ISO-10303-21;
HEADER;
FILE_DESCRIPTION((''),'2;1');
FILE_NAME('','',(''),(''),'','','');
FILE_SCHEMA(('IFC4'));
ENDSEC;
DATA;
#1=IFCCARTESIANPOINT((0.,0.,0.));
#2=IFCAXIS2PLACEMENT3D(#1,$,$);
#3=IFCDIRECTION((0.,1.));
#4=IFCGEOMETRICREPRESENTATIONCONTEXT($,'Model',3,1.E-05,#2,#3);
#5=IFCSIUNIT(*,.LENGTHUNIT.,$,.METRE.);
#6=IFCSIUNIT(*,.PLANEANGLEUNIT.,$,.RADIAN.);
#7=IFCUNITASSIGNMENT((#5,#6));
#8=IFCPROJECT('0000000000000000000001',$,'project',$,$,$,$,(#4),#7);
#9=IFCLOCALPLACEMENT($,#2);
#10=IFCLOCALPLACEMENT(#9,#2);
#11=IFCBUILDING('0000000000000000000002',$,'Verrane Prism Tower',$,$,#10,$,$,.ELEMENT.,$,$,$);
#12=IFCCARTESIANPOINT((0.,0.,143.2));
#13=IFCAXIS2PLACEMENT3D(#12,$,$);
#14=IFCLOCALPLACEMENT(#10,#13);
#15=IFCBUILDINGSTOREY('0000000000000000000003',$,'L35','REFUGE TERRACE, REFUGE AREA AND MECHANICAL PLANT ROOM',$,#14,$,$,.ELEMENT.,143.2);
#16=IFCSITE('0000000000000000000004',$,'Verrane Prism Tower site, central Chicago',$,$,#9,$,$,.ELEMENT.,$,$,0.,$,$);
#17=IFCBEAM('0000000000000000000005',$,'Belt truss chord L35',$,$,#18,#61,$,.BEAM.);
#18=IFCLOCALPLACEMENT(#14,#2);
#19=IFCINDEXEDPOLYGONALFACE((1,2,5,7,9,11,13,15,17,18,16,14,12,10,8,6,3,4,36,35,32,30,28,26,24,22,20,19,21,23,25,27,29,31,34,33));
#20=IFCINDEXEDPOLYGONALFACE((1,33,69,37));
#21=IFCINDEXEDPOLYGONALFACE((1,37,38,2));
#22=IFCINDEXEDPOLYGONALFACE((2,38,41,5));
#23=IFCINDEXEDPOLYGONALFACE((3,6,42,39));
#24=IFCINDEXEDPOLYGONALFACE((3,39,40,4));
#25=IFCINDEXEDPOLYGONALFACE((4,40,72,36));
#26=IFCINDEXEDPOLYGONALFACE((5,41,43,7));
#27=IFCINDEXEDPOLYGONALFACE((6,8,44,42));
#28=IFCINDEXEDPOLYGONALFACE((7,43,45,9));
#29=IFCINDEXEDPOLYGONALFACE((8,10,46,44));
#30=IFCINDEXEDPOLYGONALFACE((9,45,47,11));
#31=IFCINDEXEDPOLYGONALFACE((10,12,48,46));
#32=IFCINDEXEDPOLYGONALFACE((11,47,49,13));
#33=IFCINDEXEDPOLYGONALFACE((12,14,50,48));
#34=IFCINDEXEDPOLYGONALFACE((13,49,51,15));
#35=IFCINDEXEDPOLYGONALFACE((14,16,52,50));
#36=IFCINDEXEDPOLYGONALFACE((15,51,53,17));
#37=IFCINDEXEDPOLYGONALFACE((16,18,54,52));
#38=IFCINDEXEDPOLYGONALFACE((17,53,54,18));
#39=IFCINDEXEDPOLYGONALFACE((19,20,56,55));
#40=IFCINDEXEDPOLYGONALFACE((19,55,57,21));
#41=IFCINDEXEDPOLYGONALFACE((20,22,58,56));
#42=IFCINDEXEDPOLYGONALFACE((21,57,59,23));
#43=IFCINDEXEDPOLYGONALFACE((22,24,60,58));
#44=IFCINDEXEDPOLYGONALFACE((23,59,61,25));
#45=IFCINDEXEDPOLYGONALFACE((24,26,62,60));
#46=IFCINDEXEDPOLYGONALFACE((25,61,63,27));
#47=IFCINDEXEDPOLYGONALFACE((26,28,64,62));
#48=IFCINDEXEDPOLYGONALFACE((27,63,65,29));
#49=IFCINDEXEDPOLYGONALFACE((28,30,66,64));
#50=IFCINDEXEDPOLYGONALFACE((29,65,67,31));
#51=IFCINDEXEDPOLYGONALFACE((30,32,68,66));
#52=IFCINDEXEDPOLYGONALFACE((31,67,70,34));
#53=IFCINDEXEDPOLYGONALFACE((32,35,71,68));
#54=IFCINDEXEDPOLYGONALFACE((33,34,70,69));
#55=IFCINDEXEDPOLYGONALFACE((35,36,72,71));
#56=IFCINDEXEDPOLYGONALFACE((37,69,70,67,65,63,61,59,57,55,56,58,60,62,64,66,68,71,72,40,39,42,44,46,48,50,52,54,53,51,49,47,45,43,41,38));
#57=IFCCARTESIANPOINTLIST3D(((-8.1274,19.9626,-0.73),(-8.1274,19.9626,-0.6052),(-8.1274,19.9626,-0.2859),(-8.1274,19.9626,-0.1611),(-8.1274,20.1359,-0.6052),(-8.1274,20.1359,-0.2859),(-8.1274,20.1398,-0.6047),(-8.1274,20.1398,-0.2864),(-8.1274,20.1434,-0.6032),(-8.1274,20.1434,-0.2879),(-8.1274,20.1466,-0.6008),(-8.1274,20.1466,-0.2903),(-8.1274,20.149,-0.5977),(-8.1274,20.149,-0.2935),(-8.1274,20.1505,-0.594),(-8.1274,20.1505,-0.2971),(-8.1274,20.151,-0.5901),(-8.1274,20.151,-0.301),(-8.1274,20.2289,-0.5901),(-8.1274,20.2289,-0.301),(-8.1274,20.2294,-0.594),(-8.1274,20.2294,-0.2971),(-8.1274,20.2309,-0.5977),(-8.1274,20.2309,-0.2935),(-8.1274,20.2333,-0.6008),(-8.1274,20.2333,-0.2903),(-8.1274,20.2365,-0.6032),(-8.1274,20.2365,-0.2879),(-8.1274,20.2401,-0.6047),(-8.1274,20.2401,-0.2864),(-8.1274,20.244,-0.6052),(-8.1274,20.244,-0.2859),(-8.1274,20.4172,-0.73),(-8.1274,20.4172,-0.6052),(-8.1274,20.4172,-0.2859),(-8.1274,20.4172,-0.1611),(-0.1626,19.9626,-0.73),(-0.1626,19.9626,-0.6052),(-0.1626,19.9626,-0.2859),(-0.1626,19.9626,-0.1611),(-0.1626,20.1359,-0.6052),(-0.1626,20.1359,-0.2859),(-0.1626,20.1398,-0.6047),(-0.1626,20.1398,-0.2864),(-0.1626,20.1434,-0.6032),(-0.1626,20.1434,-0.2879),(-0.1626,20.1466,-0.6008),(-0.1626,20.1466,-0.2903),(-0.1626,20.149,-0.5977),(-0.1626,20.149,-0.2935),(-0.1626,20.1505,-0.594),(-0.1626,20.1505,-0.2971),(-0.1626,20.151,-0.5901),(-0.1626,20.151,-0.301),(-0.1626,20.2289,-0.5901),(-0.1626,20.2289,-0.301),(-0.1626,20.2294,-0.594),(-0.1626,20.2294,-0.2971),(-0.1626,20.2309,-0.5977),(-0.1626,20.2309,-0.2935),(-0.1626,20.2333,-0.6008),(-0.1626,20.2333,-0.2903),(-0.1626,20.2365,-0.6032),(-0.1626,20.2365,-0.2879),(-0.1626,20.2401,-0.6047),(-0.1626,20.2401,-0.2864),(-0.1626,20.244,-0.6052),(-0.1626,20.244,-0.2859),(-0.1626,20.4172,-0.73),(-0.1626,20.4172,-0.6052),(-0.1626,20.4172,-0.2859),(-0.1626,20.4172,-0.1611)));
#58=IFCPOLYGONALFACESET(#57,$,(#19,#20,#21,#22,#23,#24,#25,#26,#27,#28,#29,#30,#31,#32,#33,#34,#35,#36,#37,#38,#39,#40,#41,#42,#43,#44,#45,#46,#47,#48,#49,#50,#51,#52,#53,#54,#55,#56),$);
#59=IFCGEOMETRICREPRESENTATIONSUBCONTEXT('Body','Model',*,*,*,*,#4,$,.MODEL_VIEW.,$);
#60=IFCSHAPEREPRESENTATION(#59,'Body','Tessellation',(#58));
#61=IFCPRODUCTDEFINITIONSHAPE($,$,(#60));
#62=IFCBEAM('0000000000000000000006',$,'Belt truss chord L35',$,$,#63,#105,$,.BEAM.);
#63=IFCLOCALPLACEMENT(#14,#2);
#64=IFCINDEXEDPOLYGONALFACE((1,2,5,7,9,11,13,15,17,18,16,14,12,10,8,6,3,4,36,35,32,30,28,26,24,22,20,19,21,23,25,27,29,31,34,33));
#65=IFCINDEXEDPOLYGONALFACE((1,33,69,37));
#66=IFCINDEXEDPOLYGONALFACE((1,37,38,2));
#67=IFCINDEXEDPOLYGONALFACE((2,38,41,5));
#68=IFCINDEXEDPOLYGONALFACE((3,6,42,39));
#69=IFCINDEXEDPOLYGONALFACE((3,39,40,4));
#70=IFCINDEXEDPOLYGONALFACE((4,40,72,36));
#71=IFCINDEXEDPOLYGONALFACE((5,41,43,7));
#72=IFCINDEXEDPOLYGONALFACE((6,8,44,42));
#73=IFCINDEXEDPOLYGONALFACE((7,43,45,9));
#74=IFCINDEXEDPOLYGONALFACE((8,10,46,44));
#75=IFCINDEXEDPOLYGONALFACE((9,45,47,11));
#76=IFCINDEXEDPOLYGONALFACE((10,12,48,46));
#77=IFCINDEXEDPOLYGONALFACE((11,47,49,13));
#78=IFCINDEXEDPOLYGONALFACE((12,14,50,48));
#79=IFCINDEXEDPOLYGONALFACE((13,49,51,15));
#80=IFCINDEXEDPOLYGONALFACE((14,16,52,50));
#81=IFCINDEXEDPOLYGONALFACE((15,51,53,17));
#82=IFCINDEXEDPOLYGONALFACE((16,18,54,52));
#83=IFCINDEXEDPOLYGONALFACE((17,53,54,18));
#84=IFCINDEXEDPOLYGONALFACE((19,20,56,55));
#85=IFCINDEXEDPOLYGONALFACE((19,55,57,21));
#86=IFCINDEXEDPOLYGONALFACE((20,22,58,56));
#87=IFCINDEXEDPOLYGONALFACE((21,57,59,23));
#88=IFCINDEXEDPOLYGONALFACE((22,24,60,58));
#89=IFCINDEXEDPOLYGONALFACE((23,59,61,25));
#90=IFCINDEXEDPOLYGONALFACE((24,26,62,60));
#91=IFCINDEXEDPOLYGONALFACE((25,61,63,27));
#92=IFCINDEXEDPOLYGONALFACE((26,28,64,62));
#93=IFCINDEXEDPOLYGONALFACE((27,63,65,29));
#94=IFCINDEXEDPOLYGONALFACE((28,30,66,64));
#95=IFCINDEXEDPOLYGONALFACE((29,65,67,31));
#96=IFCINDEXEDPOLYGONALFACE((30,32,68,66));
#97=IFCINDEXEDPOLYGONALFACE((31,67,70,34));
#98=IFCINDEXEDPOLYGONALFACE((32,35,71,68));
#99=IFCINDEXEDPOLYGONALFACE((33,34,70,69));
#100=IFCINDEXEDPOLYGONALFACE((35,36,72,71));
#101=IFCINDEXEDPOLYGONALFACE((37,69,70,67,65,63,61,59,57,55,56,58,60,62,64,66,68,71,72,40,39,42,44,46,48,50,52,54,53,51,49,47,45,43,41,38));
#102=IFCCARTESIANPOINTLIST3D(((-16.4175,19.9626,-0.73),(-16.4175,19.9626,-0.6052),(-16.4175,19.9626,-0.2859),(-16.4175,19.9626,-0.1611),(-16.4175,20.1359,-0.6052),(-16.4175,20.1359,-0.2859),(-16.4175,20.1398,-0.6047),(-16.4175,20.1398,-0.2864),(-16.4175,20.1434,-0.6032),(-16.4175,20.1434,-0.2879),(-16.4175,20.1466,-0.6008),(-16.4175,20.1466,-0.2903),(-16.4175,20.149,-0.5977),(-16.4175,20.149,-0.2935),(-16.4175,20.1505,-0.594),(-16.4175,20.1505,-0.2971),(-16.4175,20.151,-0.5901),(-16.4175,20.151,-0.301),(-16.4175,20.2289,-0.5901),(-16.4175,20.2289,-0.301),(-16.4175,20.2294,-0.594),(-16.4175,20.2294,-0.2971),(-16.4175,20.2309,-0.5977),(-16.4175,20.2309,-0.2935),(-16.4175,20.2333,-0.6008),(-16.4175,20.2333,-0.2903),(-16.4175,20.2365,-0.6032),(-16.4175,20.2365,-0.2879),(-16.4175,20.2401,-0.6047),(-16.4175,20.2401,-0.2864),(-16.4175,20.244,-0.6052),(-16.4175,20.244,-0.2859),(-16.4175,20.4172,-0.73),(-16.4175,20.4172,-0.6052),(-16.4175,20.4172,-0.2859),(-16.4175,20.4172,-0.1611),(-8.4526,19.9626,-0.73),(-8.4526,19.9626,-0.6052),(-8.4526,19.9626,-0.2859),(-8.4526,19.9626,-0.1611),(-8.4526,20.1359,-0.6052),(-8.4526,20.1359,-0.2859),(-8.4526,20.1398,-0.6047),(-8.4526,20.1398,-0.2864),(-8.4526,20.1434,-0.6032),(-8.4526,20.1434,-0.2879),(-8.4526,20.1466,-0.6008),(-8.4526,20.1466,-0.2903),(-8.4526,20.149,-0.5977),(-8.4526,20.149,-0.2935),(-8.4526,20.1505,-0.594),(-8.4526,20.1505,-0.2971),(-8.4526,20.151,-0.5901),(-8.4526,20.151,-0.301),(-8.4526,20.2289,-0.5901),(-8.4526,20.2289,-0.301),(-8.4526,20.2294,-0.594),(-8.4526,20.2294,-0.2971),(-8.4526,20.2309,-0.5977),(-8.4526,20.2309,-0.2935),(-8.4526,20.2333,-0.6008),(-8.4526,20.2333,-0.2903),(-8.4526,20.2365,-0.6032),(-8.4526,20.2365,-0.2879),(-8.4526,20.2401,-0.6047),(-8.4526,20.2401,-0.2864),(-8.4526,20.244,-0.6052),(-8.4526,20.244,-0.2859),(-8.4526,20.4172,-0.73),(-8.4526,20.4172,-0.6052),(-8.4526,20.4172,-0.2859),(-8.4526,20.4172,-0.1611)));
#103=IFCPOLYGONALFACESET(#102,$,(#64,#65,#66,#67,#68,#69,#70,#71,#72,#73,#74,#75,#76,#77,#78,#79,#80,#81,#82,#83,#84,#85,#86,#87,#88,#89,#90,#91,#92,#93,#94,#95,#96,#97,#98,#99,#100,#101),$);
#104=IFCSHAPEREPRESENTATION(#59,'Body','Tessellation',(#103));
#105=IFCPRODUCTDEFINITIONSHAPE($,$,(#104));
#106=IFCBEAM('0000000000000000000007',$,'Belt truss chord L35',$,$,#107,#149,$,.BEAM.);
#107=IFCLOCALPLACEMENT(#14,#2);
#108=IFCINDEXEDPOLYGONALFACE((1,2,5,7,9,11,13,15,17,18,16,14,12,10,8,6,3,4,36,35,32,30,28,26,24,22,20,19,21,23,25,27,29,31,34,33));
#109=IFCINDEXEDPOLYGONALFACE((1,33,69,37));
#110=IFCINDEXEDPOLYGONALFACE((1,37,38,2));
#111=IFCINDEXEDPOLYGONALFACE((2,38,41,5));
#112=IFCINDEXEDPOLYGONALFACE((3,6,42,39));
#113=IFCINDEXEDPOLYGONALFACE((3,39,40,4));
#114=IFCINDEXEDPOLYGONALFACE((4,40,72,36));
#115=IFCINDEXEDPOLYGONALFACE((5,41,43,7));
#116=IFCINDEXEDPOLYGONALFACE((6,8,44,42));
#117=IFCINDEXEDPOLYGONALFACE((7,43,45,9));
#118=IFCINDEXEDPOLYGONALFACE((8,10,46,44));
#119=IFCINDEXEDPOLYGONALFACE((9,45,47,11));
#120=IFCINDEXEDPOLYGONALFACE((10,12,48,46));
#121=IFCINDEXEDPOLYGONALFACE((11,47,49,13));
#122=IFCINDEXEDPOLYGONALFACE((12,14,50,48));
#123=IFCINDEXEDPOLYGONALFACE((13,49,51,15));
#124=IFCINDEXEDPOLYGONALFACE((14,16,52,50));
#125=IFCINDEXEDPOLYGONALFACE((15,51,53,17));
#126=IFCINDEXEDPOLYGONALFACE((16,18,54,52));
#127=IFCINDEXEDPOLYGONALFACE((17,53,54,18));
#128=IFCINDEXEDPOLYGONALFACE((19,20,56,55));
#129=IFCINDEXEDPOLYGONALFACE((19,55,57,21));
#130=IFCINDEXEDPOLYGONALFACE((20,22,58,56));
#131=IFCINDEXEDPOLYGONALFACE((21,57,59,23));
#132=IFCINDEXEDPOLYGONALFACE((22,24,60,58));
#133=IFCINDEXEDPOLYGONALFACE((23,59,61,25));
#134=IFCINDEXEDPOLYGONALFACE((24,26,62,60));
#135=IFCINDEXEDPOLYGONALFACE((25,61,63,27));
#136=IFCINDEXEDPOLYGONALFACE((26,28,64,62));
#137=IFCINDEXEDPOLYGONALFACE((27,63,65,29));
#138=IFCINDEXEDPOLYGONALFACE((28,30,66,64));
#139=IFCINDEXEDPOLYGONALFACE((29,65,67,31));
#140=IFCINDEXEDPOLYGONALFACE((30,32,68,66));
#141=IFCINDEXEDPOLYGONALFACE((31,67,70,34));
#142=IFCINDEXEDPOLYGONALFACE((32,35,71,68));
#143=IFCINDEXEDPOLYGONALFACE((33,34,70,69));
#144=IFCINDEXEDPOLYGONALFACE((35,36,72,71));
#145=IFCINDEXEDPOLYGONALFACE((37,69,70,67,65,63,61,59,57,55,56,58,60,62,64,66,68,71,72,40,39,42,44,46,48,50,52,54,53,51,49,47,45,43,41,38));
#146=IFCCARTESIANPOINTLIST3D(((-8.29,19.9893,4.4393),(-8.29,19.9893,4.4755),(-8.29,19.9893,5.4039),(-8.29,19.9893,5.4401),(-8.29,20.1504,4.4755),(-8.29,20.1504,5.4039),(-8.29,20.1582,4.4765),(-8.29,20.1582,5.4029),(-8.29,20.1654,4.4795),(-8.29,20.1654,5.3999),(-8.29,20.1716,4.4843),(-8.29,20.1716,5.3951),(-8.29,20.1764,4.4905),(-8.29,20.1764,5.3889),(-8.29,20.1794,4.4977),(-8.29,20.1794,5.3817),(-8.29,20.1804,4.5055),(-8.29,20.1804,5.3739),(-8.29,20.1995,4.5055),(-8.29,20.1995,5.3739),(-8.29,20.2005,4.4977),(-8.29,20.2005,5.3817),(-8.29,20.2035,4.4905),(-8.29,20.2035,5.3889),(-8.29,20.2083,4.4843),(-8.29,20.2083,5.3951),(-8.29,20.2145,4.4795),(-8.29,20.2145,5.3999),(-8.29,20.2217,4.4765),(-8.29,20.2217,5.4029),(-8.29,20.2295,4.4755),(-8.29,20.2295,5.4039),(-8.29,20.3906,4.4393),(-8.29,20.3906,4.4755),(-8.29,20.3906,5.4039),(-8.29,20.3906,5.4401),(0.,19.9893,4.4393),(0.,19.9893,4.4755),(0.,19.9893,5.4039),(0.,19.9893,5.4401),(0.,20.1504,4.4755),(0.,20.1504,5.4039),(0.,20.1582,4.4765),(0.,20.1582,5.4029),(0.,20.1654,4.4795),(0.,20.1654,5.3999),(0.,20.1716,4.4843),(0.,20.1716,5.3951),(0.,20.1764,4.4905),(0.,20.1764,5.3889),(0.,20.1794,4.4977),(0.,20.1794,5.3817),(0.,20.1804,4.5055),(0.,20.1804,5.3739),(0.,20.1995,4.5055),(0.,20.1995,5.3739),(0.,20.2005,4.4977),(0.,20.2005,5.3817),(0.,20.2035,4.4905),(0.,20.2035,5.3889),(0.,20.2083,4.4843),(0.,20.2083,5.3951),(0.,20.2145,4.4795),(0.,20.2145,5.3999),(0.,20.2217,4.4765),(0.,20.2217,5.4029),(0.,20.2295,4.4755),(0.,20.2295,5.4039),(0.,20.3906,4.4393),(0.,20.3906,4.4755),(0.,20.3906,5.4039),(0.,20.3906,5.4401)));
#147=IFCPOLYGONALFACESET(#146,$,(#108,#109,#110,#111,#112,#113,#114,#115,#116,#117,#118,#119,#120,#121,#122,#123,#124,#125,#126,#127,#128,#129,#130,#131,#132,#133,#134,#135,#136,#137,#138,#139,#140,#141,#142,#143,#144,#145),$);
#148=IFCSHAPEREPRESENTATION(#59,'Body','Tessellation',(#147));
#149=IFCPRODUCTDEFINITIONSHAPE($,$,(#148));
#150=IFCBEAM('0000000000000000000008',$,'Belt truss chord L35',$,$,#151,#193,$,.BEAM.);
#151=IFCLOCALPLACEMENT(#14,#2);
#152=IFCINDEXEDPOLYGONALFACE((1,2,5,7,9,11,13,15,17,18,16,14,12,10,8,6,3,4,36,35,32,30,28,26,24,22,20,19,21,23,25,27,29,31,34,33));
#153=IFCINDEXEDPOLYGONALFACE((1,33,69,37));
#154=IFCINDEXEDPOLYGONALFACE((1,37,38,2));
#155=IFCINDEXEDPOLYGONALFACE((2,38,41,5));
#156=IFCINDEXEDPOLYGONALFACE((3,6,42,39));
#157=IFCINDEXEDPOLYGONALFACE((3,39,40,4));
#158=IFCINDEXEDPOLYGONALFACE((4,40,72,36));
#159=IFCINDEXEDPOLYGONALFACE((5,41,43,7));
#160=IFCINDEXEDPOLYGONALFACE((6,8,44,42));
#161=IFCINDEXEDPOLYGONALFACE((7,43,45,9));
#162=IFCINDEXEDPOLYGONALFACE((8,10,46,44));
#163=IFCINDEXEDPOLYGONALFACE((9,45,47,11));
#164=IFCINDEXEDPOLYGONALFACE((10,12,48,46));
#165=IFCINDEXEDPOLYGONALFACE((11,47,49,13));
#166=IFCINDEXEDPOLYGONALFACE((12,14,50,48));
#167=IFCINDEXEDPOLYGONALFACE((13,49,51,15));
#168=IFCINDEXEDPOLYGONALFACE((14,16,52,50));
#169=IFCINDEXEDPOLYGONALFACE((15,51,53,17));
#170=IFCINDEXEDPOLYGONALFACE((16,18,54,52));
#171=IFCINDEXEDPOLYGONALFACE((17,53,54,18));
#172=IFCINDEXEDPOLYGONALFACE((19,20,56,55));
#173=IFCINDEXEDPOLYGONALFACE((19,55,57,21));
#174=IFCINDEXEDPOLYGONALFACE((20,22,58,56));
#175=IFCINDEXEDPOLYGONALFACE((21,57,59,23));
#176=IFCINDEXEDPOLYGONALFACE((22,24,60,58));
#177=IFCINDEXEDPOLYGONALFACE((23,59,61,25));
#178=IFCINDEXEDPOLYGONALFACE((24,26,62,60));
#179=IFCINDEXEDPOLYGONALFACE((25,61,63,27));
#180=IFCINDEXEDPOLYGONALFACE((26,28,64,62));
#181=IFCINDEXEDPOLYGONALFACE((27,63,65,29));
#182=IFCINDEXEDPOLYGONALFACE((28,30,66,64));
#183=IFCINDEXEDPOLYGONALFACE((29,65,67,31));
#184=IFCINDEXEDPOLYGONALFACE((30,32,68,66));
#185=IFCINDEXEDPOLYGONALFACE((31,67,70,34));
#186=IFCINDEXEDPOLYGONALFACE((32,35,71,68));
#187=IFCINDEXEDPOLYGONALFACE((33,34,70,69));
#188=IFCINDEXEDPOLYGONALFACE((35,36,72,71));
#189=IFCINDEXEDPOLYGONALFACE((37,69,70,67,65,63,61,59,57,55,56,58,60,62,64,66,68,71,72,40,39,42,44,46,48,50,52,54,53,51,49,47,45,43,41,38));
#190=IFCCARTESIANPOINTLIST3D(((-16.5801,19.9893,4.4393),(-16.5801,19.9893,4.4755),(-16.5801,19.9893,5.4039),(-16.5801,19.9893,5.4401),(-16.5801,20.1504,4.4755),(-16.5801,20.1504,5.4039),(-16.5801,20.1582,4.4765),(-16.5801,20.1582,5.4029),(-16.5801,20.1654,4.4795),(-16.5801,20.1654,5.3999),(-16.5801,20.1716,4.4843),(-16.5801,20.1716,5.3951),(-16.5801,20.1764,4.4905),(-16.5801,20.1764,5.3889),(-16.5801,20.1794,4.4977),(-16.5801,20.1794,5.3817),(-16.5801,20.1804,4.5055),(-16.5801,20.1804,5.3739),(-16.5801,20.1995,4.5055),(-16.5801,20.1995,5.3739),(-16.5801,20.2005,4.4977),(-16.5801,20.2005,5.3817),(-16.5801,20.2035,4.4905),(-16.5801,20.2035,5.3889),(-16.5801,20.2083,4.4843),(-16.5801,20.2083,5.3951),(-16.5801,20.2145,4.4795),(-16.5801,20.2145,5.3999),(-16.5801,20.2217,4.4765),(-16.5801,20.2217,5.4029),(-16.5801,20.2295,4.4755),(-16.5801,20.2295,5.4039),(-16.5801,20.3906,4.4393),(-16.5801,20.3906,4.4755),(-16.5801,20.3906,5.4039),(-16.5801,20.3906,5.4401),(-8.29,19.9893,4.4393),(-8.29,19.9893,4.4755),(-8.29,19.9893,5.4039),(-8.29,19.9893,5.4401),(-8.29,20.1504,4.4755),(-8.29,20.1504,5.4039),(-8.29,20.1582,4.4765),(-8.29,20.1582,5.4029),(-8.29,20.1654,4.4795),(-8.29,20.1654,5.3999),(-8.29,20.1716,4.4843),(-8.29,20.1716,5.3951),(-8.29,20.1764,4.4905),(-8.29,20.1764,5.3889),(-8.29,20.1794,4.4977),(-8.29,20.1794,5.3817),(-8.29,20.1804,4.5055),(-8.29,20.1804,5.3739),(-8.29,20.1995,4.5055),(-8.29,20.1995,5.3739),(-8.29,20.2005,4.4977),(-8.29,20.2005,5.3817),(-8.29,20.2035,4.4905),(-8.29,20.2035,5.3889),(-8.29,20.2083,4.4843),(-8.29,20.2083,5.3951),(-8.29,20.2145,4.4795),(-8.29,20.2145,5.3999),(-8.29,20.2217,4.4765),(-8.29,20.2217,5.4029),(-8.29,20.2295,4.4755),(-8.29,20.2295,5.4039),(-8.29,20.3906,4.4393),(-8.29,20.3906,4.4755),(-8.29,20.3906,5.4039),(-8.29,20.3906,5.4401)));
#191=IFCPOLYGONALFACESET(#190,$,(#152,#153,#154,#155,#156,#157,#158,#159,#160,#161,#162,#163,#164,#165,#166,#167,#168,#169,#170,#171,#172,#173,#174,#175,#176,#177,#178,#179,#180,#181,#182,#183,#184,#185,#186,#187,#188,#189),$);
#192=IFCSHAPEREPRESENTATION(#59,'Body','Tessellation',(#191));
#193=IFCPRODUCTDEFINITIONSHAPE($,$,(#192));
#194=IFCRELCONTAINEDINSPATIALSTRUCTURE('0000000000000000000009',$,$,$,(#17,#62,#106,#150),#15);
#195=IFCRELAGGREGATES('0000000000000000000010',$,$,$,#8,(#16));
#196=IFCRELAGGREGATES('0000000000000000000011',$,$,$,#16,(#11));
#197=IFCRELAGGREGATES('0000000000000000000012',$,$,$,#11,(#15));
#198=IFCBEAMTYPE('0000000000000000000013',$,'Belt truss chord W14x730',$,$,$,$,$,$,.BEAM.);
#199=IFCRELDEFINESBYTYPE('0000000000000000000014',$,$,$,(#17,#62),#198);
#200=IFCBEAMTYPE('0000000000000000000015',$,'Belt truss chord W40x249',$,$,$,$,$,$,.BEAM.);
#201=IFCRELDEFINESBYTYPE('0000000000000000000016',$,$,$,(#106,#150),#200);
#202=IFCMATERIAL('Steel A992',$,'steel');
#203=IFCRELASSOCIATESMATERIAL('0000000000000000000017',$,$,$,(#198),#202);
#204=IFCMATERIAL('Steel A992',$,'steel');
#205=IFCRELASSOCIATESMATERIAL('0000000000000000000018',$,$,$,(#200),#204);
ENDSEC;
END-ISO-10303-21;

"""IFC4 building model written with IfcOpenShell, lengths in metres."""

from ifc_helpers import new_model, si_unit, direction, frame, origin, origin_2d, place, context, subcontext, project, spatial, i_section, extrude, material, material_profile, profile_set, type_object, element, save


model = new_model("IFC4")

# Units and contexts
model_context = context("Model", 3, precision=1e-05, world=origin(), true_north=direction((0.0, 1.0)))
body_context = subcontext(model_context, "Body", "Model", "MODEL_VIEW")
ifc_project = project(units=[si_unit("LENGTHUNIT", "METRE"), si_unit("PLANEANGLEUNIT", "RADIAN")], contexts=[model_context])

# Site, building, storey
site_placement = place(None, origin())
site = spatial("IfcSite", under=ifc_project, at=site_placement, Name="Verrane Prism Tower site, central Chicago", CompositionType="ELEMENT", RefElevation=0.0)
building_placement = place(site_placement, origin())
building = spatial("IfcBuilding", under=site, at=building_placement, Name="Verrane Prism Tower", CompositionType="ELEMENT")
storey_placement = place(building_placement, frame((0.0, 0.0, 143.2)))
storey = spatial("IfcBuildingStorey", under=building, at=storey_placement, Name="L35", Description="REFUGE TERRACE, REFUGE AREA AND MECHANICAL PLANT ROOM", CompositionType="ELEMENT", Elevation=143.2)

# Beams
ifc_material_1 = material(Name="Steel A992", Category="steel")
ifc_material_profile_1 = material_profile(ifc_material_1, i_section(OverallWidth=0.4546, OverallDepth=0.5688, WebThickness=0.0779, FlangeThickness=0.1248, FilletRadius=0.0151, at=origin_2d()), Name="W14x730")
ifc_profile_set_1 = profile_set([ifc_material_profile_1], Name="Steel A992")
beam_type_1 = type_object("IfcBeamType", Name="Belt truss chord W14x730", PredefinedType="BEAM", material=ifc_profile_set_1)
for number, where, z_axis, x_axis, name in (
    (1, (-0.1626, 20.1899, -0.4456), (-1.0, 0.0, 0.0), (0.0, -1.0, 0.0), "Belt truss chord L35"),
    (2, (-8.4526, 20.1899, -0.4456), (-1.0, 0.0, 0.0), (0.0, -1.0, 0.0), "Belt truss chord L35"),
):
    element("IfcBeam", number, at=place(storey_placement, frame(where, z_axis=z_axis, x_axis=x_axis)), inside=storey, type_object=beam_type_1, Name=name, PredefinedType="BEAM", context=body_context, shape_type="SweptSolid", body=[
        extrude(i_section(OverallWidth=0.4546, OverallDepth=0.5688, WebThickness=0.0779, FlangeThickness=0.1248, FilletRadius=0.0151, at=origin_2d()), origin(), (0.0, 0.0, 1.0), 7.9648),
    ])
ifc_material_2 = material(Name="Steel A992", Category="steel")
ifc_material_profile_2 = material_profile(ifc_material_2, i_section(OverallWidth=0.4014, OverallDepth=1.0007, WebThickness=0.019, FlangeThickness=0.0361, FilletRadius=0.03, at=origin_2d()), Name="W40x249")
ifc_profile_set_2 = profile_set([ifc_material_profile_2], Name="Steel A992")
beam_type_2 = type_object("IfcBeamType", Name="Belt truss chord W40x249", PredefinedType="BEAM", material=ifc_profile_set_2)
for number, where, z_axis, x_axis, name in (
    (3, (0.0, 20.1899, 4.9397), (-1.0, 0.0, 0.0), (0.0, -1.0, 0.0), "Belt truss chord L35"),
    (4, (-8.29, 20.1899, 4.9397), (-1.0, 0.0, 0.0), (0.0, -1.0, 0.0), "Belt truss chord L35"),
):
    element("IfcBeam", number, at=place(storey_placement, frame(where, z_axis=z_axis, x_axis=x_axis)), inside=storey, type_object=beam_type_2, Name=name, PredefinedType="BEAM", context=body_context, shape_type="SweptSolid", body=[
        extrude(i_section(OverallWidth=0.4014, OverallDepth=1.0007, WebThickness=0.019, FlangeThickness=0.0361, FilletRadius=0.03, at=origin_2d()), origin(), (0.0, 0.0, 1.0), 8.29),
    ])

save(model, "model.ifc")
